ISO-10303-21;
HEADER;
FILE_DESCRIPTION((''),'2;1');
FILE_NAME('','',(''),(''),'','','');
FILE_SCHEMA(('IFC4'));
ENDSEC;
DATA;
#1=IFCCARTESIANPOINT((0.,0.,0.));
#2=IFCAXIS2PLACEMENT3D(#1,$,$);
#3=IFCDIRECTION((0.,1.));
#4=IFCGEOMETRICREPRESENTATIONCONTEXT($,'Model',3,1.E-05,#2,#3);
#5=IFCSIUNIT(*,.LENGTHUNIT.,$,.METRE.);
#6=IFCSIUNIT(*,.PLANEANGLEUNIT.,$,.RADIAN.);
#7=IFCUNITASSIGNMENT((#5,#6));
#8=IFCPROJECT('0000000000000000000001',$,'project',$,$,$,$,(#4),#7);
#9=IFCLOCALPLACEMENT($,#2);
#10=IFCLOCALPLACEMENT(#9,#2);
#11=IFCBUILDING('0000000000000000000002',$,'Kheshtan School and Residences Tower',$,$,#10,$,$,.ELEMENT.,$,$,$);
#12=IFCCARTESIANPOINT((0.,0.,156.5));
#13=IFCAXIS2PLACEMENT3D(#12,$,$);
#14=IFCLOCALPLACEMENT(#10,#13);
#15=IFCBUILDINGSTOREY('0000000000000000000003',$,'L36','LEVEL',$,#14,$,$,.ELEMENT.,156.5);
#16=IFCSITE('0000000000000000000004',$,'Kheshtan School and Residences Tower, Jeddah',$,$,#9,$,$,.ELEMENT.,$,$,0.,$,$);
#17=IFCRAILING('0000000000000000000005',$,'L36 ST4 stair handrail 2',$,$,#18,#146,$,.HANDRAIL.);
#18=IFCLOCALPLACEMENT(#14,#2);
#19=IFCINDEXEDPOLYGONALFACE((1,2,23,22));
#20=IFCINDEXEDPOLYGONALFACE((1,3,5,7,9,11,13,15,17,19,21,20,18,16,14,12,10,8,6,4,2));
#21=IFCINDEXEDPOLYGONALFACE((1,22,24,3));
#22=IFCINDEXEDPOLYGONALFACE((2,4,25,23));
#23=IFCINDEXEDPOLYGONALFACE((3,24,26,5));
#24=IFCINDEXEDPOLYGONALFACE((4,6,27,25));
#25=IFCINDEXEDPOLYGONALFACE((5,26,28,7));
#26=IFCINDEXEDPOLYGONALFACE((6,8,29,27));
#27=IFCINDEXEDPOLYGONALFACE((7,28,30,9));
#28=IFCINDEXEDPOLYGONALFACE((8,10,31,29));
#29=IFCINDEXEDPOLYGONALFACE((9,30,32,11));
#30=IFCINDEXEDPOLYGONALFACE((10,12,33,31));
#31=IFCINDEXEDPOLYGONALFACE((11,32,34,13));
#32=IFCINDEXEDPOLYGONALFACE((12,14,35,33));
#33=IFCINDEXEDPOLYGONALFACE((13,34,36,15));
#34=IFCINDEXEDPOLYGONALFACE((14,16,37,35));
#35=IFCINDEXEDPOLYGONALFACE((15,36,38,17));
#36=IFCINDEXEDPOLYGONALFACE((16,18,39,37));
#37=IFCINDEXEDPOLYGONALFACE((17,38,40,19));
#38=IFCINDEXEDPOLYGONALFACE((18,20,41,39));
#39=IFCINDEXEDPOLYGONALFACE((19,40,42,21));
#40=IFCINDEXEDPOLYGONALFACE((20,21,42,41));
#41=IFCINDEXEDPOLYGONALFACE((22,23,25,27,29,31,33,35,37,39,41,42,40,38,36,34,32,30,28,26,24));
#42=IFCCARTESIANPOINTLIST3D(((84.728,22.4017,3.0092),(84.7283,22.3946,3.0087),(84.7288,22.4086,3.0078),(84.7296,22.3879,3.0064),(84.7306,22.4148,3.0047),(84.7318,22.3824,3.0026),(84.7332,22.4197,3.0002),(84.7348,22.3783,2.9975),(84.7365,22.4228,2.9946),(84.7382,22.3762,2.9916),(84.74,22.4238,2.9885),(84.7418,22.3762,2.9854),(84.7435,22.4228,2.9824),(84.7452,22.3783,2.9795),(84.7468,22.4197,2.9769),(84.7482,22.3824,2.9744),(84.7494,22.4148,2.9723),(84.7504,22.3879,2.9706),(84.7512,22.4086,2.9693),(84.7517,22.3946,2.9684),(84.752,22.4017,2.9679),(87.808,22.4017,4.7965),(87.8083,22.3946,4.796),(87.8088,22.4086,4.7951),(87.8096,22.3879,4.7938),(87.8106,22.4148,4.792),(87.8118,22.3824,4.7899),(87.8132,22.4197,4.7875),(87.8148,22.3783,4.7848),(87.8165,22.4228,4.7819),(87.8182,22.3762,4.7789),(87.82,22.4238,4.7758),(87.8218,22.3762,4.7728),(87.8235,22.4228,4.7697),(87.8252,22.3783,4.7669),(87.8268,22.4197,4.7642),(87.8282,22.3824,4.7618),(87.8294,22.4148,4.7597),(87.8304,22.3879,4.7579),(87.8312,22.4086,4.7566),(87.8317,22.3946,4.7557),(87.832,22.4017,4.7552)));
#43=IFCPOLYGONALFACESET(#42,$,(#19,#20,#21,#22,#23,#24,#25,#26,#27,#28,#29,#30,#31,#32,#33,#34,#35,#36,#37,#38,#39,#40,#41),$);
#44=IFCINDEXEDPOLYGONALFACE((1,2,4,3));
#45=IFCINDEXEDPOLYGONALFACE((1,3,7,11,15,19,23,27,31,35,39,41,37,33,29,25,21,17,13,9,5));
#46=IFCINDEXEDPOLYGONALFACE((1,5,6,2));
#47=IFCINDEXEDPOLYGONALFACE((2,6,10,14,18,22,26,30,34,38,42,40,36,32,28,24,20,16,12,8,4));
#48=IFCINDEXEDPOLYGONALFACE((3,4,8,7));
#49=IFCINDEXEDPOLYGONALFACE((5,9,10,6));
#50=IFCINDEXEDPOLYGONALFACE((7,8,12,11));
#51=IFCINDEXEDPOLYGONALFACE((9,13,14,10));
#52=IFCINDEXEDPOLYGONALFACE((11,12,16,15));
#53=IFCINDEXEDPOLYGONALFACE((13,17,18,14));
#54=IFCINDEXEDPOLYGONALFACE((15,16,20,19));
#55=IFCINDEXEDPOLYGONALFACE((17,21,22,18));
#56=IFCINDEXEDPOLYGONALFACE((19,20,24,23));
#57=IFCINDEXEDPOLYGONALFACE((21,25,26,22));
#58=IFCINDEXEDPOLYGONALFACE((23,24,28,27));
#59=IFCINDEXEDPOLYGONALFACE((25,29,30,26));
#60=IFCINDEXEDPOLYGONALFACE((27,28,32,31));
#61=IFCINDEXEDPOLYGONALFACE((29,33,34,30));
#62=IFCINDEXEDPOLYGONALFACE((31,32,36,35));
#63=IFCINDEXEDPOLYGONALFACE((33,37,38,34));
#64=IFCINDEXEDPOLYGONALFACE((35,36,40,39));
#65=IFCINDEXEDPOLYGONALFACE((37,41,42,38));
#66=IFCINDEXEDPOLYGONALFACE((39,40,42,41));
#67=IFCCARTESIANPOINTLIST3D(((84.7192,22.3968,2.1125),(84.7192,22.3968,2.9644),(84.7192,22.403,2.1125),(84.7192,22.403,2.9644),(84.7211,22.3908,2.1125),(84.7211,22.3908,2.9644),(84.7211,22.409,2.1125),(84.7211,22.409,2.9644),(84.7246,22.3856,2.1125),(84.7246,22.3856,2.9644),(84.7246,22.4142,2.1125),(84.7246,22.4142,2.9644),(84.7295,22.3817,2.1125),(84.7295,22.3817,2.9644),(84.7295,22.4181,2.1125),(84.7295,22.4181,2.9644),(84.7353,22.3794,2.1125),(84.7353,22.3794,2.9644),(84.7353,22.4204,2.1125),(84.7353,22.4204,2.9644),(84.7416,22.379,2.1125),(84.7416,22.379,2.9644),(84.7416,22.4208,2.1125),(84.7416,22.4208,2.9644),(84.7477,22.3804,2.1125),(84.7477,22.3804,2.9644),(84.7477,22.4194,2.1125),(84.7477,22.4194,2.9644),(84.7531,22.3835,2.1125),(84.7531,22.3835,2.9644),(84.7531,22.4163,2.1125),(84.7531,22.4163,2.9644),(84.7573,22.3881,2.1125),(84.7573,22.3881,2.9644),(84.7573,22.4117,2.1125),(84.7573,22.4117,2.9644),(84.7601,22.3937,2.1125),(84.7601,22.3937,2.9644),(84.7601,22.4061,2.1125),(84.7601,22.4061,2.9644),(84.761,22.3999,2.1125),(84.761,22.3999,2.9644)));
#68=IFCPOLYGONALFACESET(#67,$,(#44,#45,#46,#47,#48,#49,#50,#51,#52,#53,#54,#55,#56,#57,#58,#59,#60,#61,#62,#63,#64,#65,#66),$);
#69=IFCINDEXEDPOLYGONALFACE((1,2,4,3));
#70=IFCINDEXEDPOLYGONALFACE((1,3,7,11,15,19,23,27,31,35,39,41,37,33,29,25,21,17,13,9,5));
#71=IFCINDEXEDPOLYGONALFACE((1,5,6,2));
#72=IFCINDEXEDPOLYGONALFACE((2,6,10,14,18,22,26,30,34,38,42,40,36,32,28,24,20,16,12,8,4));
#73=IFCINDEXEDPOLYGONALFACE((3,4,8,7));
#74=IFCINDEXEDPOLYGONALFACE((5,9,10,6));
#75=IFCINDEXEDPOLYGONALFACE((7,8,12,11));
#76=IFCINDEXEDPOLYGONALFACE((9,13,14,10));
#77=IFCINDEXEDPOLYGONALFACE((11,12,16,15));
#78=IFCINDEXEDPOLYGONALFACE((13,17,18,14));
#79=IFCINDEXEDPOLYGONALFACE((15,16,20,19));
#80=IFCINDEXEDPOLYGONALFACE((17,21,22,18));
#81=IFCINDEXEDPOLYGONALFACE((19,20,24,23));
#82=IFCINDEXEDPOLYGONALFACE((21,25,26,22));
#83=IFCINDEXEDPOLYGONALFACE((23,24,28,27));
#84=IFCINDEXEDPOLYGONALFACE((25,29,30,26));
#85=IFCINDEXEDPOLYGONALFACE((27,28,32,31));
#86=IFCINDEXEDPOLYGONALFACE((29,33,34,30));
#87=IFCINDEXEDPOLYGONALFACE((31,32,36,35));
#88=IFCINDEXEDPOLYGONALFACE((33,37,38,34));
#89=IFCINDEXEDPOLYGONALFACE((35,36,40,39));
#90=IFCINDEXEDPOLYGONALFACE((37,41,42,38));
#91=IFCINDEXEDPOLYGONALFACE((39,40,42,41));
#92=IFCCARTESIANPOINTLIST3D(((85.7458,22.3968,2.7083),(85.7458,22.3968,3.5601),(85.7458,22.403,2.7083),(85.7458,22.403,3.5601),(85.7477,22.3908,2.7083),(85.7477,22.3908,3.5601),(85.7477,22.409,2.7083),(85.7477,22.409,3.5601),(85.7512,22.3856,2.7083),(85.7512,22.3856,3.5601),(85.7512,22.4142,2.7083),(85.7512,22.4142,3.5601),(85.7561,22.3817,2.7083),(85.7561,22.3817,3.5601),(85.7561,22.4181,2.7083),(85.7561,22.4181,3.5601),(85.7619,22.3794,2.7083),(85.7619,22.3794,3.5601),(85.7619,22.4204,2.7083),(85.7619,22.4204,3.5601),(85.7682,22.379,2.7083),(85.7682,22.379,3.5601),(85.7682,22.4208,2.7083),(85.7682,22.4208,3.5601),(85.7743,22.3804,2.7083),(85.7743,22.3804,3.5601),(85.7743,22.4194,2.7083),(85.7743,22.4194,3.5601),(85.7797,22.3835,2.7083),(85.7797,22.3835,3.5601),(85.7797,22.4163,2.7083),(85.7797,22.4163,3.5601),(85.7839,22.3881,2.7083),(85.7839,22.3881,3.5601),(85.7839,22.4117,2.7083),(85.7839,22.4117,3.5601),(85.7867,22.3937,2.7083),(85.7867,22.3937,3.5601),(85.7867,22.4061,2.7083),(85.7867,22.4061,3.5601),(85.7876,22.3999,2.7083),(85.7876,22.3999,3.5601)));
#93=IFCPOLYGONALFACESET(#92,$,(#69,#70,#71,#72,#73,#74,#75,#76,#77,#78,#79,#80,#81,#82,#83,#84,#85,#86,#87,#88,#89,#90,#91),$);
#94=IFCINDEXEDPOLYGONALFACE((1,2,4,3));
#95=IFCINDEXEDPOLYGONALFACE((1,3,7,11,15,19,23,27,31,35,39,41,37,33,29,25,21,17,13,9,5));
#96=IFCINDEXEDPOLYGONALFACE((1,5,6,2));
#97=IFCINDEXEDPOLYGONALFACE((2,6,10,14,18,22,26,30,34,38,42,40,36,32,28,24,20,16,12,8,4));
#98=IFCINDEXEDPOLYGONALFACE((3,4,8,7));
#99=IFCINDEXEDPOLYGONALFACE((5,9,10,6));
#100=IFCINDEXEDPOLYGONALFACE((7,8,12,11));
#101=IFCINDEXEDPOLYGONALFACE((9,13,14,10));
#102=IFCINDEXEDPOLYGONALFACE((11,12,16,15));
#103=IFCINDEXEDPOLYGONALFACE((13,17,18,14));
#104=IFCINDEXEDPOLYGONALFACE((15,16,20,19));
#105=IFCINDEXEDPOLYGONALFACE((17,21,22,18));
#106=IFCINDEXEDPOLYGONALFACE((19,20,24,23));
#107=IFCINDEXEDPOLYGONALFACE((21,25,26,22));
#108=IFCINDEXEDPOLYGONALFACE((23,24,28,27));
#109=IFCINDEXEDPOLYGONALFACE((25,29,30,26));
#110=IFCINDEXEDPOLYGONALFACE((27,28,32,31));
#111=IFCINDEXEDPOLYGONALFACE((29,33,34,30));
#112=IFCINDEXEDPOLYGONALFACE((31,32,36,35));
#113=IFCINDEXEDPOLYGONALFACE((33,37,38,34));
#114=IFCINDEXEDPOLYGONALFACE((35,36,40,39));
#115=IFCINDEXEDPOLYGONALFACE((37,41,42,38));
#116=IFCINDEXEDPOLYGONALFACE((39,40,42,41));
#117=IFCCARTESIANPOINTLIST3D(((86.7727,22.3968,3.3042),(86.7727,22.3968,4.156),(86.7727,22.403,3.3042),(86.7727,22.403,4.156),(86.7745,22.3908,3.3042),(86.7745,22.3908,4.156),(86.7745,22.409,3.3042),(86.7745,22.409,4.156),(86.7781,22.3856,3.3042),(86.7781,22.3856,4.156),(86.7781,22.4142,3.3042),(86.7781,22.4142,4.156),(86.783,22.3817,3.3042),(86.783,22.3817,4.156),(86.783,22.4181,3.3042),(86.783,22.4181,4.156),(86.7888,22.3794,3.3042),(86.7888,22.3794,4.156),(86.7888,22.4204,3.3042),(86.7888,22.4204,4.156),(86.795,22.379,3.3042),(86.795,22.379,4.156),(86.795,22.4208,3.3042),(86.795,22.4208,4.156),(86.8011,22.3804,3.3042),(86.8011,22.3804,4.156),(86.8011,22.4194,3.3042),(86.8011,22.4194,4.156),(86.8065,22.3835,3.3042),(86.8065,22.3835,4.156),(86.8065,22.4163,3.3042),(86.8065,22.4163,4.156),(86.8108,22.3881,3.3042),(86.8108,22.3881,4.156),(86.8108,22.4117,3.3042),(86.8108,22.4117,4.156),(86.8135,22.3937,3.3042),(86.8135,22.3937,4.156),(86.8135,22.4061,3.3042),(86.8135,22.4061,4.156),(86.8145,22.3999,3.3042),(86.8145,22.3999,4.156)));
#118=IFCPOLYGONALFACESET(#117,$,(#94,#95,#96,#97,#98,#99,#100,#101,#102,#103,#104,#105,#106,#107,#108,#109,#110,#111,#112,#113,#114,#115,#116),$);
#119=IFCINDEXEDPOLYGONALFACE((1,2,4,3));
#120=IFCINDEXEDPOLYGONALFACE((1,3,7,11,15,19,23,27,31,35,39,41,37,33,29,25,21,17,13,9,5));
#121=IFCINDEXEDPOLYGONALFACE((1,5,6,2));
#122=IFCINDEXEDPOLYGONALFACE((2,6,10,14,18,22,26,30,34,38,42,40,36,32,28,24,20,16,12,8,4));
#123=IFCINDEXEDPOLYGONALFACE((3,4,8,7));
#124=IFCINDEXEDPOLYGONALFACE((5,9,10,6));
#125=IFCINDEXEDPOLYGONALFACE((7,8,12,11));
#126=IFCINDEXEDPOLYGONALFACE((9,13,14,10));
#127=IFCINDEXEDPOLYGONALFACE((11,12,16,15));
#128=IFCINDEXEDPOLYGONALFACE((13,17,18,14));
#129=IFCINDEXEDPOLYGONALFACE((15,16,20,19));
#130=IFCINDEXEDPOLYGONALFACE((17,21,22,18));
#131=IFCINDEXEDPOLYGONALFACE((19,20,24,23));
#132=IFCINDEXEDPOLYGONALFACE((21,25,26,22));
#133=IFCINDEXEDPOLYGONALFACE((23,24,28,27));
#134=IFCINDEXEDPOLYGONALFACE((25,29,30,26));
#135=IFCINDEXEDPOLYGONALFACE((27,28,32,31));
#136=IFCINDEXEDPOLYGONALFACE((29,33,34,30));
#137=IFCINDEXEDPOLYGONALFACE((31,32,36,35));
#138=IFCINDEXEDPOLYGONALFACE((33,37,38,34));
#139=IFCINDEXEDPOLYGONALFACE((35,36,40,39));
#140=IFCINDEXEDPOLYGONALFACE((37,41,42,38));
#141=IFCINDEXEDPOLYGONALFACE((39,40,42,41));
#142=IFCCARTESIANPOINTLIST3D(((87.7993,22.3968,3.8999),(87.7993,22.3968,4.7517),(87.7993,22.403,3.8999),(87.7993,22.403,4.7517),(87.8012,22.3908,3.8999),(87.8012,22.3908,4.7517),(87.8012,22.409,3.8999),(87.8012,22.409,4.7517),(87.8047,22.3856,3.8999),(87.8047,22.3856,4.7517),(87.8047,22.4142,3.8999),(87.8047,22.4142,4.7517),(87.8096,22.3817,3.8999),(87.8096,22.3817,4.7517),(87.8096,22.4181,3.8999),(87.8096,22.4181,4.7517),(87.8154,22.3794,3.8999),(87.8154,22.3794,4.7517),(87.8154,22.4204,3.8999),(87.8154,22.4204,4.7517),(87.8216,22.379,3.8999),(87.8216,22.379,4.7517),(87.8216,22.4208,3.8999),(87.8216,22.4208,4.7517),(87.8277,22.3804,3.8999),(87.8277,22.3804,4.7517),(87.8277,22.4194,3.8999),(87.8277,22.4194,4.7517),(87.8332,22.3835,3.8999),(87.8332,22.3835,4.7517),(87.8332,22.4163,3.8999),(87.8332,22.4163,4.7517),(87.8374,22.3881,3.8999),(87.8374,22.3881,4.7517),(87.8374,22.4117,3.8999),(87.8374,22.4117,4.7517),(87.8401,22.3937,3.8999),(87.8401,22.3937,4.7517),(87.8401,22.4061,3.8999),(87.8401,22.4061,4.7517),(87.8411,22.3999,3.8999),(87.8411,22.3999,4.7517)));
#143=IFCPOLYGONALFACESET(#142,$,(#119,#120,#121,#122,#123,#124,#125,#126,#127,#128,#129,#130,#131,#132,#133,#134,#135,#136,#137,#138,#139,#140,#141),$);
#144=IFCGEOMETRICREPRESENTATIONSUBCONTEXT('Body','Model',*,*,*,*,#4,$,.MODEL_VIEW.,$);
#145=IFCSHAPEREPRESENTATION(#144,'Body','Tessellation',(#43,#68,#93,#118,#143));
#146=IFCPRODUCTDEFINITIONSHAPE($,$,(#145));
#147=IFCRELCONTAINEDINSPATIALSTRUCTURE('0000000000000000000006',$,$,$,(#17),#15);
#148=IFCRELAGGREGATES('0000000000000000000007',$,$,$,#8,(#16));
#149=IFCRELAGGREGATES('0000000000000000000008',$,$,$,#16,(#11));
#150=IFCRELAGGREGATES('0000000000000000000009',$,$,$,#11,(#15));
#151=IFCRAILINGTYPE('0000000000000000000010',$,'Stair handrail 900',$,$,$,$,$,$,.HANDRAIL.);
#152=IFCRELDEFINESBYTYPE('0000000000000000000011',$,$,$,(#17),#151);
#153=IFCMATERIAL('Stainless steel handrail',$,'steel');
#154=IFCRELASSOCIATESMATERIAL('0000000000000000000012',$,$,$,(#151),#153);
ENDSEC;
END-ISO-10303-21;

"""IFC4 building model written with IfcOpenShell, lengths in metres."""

from ifc_helpers import new_model, si_unit, direction, frame, origin, origin_2d, place, context, subcontext, project, spatial, circle, extrude, material, type_object, element, save


model = new_model("IFC4")

# Units and contexts
model_context = context("Model", 3, precision=1e-05, world=origin(), true_north=direction((0.0, 1.0)))
body_context = subcontext(model_context, "Body", "Model", "MODEL_VIEW")
ifc_project = project(units=[si_unit("LENGTHUNIT", "METRE"), si_unit("PLANEANGLEUNIT", "RADIAN")], contexts=[model_context])

# Site, building, storey
site_placement = place(None, origin())
site = spatial("IfcSite", under=ifc_project, at=site_placement, Name="Kheshtan School and Residences Tower, Jeddah", CompositionType="ELEMENT", RefElevation=0.0)
building_placement = place(site_placement, origin())
building = spatial("IfcBuilding", under=site, at=building_placement, Name="Kheshtan School and Residences Tower", CompositionType="ELEMENT")
storey_placement = place(building_placement, frame((0.0, 0.0, 156.5)))
storey = spatial("IfcBuildingStorey", under=building, at=storey_placement, Name="L36", Description="LEVEL", CompositionType="ELEMENT", Elevation=156.5)

# Railing
ifc_material_1 = material(Name="Stainless steel handrail", Category="steel")
railing_type_1 = type_object("IfcRailingType", Name="Stair handrail 900", PredefinedType="HANDRAIL", material=ifc_material_1)
railing_1_placement = place(storey_placement, frame((84.74, 22.3999, 2.1125)))
element("IfcRailing", 1, at=railing_1_placement, inside=storey, type_object=railing_type_1, Name="L36 ST4 stair handrail 2", PredefinedType="HANDRAIL", context=body_context, shape_type="SweptSolid", body=[
    extrude(circle(Radius=0.0239, at=origin_2d()), frame((0.0, 0.0, 0.876), z_axis=(0.86492, 0.0, 0.501909), x_axis=(0.0, 1.0, 0.0)), (0.0, 0.0, 1.0), 3.561),
    extrude(circle(Radius=0.021, at=origin_2d()), origin(), (0.0, 0.0, 1.0), 0.8518),
    extrude(circle(Radius=0.021, at=origin_2d()), frame((1.0266, 0.0, 0.5957)), (0.0, 0.0, 1.0), 0.8518),
    extrude(circle(Radius=0.021, at=origin_2d()), frame((2.0535, 0.0, 1.1917)), (0.0, 0.0, 1.0), 0.8518),
    extrude(circle(Radius=0.021, at=origin_2d()), frame((3.0801, 0.0, 1.7874)), (0.0, 0.0, 1.0), 0.8518),
])

save(model, "model.ifc")
